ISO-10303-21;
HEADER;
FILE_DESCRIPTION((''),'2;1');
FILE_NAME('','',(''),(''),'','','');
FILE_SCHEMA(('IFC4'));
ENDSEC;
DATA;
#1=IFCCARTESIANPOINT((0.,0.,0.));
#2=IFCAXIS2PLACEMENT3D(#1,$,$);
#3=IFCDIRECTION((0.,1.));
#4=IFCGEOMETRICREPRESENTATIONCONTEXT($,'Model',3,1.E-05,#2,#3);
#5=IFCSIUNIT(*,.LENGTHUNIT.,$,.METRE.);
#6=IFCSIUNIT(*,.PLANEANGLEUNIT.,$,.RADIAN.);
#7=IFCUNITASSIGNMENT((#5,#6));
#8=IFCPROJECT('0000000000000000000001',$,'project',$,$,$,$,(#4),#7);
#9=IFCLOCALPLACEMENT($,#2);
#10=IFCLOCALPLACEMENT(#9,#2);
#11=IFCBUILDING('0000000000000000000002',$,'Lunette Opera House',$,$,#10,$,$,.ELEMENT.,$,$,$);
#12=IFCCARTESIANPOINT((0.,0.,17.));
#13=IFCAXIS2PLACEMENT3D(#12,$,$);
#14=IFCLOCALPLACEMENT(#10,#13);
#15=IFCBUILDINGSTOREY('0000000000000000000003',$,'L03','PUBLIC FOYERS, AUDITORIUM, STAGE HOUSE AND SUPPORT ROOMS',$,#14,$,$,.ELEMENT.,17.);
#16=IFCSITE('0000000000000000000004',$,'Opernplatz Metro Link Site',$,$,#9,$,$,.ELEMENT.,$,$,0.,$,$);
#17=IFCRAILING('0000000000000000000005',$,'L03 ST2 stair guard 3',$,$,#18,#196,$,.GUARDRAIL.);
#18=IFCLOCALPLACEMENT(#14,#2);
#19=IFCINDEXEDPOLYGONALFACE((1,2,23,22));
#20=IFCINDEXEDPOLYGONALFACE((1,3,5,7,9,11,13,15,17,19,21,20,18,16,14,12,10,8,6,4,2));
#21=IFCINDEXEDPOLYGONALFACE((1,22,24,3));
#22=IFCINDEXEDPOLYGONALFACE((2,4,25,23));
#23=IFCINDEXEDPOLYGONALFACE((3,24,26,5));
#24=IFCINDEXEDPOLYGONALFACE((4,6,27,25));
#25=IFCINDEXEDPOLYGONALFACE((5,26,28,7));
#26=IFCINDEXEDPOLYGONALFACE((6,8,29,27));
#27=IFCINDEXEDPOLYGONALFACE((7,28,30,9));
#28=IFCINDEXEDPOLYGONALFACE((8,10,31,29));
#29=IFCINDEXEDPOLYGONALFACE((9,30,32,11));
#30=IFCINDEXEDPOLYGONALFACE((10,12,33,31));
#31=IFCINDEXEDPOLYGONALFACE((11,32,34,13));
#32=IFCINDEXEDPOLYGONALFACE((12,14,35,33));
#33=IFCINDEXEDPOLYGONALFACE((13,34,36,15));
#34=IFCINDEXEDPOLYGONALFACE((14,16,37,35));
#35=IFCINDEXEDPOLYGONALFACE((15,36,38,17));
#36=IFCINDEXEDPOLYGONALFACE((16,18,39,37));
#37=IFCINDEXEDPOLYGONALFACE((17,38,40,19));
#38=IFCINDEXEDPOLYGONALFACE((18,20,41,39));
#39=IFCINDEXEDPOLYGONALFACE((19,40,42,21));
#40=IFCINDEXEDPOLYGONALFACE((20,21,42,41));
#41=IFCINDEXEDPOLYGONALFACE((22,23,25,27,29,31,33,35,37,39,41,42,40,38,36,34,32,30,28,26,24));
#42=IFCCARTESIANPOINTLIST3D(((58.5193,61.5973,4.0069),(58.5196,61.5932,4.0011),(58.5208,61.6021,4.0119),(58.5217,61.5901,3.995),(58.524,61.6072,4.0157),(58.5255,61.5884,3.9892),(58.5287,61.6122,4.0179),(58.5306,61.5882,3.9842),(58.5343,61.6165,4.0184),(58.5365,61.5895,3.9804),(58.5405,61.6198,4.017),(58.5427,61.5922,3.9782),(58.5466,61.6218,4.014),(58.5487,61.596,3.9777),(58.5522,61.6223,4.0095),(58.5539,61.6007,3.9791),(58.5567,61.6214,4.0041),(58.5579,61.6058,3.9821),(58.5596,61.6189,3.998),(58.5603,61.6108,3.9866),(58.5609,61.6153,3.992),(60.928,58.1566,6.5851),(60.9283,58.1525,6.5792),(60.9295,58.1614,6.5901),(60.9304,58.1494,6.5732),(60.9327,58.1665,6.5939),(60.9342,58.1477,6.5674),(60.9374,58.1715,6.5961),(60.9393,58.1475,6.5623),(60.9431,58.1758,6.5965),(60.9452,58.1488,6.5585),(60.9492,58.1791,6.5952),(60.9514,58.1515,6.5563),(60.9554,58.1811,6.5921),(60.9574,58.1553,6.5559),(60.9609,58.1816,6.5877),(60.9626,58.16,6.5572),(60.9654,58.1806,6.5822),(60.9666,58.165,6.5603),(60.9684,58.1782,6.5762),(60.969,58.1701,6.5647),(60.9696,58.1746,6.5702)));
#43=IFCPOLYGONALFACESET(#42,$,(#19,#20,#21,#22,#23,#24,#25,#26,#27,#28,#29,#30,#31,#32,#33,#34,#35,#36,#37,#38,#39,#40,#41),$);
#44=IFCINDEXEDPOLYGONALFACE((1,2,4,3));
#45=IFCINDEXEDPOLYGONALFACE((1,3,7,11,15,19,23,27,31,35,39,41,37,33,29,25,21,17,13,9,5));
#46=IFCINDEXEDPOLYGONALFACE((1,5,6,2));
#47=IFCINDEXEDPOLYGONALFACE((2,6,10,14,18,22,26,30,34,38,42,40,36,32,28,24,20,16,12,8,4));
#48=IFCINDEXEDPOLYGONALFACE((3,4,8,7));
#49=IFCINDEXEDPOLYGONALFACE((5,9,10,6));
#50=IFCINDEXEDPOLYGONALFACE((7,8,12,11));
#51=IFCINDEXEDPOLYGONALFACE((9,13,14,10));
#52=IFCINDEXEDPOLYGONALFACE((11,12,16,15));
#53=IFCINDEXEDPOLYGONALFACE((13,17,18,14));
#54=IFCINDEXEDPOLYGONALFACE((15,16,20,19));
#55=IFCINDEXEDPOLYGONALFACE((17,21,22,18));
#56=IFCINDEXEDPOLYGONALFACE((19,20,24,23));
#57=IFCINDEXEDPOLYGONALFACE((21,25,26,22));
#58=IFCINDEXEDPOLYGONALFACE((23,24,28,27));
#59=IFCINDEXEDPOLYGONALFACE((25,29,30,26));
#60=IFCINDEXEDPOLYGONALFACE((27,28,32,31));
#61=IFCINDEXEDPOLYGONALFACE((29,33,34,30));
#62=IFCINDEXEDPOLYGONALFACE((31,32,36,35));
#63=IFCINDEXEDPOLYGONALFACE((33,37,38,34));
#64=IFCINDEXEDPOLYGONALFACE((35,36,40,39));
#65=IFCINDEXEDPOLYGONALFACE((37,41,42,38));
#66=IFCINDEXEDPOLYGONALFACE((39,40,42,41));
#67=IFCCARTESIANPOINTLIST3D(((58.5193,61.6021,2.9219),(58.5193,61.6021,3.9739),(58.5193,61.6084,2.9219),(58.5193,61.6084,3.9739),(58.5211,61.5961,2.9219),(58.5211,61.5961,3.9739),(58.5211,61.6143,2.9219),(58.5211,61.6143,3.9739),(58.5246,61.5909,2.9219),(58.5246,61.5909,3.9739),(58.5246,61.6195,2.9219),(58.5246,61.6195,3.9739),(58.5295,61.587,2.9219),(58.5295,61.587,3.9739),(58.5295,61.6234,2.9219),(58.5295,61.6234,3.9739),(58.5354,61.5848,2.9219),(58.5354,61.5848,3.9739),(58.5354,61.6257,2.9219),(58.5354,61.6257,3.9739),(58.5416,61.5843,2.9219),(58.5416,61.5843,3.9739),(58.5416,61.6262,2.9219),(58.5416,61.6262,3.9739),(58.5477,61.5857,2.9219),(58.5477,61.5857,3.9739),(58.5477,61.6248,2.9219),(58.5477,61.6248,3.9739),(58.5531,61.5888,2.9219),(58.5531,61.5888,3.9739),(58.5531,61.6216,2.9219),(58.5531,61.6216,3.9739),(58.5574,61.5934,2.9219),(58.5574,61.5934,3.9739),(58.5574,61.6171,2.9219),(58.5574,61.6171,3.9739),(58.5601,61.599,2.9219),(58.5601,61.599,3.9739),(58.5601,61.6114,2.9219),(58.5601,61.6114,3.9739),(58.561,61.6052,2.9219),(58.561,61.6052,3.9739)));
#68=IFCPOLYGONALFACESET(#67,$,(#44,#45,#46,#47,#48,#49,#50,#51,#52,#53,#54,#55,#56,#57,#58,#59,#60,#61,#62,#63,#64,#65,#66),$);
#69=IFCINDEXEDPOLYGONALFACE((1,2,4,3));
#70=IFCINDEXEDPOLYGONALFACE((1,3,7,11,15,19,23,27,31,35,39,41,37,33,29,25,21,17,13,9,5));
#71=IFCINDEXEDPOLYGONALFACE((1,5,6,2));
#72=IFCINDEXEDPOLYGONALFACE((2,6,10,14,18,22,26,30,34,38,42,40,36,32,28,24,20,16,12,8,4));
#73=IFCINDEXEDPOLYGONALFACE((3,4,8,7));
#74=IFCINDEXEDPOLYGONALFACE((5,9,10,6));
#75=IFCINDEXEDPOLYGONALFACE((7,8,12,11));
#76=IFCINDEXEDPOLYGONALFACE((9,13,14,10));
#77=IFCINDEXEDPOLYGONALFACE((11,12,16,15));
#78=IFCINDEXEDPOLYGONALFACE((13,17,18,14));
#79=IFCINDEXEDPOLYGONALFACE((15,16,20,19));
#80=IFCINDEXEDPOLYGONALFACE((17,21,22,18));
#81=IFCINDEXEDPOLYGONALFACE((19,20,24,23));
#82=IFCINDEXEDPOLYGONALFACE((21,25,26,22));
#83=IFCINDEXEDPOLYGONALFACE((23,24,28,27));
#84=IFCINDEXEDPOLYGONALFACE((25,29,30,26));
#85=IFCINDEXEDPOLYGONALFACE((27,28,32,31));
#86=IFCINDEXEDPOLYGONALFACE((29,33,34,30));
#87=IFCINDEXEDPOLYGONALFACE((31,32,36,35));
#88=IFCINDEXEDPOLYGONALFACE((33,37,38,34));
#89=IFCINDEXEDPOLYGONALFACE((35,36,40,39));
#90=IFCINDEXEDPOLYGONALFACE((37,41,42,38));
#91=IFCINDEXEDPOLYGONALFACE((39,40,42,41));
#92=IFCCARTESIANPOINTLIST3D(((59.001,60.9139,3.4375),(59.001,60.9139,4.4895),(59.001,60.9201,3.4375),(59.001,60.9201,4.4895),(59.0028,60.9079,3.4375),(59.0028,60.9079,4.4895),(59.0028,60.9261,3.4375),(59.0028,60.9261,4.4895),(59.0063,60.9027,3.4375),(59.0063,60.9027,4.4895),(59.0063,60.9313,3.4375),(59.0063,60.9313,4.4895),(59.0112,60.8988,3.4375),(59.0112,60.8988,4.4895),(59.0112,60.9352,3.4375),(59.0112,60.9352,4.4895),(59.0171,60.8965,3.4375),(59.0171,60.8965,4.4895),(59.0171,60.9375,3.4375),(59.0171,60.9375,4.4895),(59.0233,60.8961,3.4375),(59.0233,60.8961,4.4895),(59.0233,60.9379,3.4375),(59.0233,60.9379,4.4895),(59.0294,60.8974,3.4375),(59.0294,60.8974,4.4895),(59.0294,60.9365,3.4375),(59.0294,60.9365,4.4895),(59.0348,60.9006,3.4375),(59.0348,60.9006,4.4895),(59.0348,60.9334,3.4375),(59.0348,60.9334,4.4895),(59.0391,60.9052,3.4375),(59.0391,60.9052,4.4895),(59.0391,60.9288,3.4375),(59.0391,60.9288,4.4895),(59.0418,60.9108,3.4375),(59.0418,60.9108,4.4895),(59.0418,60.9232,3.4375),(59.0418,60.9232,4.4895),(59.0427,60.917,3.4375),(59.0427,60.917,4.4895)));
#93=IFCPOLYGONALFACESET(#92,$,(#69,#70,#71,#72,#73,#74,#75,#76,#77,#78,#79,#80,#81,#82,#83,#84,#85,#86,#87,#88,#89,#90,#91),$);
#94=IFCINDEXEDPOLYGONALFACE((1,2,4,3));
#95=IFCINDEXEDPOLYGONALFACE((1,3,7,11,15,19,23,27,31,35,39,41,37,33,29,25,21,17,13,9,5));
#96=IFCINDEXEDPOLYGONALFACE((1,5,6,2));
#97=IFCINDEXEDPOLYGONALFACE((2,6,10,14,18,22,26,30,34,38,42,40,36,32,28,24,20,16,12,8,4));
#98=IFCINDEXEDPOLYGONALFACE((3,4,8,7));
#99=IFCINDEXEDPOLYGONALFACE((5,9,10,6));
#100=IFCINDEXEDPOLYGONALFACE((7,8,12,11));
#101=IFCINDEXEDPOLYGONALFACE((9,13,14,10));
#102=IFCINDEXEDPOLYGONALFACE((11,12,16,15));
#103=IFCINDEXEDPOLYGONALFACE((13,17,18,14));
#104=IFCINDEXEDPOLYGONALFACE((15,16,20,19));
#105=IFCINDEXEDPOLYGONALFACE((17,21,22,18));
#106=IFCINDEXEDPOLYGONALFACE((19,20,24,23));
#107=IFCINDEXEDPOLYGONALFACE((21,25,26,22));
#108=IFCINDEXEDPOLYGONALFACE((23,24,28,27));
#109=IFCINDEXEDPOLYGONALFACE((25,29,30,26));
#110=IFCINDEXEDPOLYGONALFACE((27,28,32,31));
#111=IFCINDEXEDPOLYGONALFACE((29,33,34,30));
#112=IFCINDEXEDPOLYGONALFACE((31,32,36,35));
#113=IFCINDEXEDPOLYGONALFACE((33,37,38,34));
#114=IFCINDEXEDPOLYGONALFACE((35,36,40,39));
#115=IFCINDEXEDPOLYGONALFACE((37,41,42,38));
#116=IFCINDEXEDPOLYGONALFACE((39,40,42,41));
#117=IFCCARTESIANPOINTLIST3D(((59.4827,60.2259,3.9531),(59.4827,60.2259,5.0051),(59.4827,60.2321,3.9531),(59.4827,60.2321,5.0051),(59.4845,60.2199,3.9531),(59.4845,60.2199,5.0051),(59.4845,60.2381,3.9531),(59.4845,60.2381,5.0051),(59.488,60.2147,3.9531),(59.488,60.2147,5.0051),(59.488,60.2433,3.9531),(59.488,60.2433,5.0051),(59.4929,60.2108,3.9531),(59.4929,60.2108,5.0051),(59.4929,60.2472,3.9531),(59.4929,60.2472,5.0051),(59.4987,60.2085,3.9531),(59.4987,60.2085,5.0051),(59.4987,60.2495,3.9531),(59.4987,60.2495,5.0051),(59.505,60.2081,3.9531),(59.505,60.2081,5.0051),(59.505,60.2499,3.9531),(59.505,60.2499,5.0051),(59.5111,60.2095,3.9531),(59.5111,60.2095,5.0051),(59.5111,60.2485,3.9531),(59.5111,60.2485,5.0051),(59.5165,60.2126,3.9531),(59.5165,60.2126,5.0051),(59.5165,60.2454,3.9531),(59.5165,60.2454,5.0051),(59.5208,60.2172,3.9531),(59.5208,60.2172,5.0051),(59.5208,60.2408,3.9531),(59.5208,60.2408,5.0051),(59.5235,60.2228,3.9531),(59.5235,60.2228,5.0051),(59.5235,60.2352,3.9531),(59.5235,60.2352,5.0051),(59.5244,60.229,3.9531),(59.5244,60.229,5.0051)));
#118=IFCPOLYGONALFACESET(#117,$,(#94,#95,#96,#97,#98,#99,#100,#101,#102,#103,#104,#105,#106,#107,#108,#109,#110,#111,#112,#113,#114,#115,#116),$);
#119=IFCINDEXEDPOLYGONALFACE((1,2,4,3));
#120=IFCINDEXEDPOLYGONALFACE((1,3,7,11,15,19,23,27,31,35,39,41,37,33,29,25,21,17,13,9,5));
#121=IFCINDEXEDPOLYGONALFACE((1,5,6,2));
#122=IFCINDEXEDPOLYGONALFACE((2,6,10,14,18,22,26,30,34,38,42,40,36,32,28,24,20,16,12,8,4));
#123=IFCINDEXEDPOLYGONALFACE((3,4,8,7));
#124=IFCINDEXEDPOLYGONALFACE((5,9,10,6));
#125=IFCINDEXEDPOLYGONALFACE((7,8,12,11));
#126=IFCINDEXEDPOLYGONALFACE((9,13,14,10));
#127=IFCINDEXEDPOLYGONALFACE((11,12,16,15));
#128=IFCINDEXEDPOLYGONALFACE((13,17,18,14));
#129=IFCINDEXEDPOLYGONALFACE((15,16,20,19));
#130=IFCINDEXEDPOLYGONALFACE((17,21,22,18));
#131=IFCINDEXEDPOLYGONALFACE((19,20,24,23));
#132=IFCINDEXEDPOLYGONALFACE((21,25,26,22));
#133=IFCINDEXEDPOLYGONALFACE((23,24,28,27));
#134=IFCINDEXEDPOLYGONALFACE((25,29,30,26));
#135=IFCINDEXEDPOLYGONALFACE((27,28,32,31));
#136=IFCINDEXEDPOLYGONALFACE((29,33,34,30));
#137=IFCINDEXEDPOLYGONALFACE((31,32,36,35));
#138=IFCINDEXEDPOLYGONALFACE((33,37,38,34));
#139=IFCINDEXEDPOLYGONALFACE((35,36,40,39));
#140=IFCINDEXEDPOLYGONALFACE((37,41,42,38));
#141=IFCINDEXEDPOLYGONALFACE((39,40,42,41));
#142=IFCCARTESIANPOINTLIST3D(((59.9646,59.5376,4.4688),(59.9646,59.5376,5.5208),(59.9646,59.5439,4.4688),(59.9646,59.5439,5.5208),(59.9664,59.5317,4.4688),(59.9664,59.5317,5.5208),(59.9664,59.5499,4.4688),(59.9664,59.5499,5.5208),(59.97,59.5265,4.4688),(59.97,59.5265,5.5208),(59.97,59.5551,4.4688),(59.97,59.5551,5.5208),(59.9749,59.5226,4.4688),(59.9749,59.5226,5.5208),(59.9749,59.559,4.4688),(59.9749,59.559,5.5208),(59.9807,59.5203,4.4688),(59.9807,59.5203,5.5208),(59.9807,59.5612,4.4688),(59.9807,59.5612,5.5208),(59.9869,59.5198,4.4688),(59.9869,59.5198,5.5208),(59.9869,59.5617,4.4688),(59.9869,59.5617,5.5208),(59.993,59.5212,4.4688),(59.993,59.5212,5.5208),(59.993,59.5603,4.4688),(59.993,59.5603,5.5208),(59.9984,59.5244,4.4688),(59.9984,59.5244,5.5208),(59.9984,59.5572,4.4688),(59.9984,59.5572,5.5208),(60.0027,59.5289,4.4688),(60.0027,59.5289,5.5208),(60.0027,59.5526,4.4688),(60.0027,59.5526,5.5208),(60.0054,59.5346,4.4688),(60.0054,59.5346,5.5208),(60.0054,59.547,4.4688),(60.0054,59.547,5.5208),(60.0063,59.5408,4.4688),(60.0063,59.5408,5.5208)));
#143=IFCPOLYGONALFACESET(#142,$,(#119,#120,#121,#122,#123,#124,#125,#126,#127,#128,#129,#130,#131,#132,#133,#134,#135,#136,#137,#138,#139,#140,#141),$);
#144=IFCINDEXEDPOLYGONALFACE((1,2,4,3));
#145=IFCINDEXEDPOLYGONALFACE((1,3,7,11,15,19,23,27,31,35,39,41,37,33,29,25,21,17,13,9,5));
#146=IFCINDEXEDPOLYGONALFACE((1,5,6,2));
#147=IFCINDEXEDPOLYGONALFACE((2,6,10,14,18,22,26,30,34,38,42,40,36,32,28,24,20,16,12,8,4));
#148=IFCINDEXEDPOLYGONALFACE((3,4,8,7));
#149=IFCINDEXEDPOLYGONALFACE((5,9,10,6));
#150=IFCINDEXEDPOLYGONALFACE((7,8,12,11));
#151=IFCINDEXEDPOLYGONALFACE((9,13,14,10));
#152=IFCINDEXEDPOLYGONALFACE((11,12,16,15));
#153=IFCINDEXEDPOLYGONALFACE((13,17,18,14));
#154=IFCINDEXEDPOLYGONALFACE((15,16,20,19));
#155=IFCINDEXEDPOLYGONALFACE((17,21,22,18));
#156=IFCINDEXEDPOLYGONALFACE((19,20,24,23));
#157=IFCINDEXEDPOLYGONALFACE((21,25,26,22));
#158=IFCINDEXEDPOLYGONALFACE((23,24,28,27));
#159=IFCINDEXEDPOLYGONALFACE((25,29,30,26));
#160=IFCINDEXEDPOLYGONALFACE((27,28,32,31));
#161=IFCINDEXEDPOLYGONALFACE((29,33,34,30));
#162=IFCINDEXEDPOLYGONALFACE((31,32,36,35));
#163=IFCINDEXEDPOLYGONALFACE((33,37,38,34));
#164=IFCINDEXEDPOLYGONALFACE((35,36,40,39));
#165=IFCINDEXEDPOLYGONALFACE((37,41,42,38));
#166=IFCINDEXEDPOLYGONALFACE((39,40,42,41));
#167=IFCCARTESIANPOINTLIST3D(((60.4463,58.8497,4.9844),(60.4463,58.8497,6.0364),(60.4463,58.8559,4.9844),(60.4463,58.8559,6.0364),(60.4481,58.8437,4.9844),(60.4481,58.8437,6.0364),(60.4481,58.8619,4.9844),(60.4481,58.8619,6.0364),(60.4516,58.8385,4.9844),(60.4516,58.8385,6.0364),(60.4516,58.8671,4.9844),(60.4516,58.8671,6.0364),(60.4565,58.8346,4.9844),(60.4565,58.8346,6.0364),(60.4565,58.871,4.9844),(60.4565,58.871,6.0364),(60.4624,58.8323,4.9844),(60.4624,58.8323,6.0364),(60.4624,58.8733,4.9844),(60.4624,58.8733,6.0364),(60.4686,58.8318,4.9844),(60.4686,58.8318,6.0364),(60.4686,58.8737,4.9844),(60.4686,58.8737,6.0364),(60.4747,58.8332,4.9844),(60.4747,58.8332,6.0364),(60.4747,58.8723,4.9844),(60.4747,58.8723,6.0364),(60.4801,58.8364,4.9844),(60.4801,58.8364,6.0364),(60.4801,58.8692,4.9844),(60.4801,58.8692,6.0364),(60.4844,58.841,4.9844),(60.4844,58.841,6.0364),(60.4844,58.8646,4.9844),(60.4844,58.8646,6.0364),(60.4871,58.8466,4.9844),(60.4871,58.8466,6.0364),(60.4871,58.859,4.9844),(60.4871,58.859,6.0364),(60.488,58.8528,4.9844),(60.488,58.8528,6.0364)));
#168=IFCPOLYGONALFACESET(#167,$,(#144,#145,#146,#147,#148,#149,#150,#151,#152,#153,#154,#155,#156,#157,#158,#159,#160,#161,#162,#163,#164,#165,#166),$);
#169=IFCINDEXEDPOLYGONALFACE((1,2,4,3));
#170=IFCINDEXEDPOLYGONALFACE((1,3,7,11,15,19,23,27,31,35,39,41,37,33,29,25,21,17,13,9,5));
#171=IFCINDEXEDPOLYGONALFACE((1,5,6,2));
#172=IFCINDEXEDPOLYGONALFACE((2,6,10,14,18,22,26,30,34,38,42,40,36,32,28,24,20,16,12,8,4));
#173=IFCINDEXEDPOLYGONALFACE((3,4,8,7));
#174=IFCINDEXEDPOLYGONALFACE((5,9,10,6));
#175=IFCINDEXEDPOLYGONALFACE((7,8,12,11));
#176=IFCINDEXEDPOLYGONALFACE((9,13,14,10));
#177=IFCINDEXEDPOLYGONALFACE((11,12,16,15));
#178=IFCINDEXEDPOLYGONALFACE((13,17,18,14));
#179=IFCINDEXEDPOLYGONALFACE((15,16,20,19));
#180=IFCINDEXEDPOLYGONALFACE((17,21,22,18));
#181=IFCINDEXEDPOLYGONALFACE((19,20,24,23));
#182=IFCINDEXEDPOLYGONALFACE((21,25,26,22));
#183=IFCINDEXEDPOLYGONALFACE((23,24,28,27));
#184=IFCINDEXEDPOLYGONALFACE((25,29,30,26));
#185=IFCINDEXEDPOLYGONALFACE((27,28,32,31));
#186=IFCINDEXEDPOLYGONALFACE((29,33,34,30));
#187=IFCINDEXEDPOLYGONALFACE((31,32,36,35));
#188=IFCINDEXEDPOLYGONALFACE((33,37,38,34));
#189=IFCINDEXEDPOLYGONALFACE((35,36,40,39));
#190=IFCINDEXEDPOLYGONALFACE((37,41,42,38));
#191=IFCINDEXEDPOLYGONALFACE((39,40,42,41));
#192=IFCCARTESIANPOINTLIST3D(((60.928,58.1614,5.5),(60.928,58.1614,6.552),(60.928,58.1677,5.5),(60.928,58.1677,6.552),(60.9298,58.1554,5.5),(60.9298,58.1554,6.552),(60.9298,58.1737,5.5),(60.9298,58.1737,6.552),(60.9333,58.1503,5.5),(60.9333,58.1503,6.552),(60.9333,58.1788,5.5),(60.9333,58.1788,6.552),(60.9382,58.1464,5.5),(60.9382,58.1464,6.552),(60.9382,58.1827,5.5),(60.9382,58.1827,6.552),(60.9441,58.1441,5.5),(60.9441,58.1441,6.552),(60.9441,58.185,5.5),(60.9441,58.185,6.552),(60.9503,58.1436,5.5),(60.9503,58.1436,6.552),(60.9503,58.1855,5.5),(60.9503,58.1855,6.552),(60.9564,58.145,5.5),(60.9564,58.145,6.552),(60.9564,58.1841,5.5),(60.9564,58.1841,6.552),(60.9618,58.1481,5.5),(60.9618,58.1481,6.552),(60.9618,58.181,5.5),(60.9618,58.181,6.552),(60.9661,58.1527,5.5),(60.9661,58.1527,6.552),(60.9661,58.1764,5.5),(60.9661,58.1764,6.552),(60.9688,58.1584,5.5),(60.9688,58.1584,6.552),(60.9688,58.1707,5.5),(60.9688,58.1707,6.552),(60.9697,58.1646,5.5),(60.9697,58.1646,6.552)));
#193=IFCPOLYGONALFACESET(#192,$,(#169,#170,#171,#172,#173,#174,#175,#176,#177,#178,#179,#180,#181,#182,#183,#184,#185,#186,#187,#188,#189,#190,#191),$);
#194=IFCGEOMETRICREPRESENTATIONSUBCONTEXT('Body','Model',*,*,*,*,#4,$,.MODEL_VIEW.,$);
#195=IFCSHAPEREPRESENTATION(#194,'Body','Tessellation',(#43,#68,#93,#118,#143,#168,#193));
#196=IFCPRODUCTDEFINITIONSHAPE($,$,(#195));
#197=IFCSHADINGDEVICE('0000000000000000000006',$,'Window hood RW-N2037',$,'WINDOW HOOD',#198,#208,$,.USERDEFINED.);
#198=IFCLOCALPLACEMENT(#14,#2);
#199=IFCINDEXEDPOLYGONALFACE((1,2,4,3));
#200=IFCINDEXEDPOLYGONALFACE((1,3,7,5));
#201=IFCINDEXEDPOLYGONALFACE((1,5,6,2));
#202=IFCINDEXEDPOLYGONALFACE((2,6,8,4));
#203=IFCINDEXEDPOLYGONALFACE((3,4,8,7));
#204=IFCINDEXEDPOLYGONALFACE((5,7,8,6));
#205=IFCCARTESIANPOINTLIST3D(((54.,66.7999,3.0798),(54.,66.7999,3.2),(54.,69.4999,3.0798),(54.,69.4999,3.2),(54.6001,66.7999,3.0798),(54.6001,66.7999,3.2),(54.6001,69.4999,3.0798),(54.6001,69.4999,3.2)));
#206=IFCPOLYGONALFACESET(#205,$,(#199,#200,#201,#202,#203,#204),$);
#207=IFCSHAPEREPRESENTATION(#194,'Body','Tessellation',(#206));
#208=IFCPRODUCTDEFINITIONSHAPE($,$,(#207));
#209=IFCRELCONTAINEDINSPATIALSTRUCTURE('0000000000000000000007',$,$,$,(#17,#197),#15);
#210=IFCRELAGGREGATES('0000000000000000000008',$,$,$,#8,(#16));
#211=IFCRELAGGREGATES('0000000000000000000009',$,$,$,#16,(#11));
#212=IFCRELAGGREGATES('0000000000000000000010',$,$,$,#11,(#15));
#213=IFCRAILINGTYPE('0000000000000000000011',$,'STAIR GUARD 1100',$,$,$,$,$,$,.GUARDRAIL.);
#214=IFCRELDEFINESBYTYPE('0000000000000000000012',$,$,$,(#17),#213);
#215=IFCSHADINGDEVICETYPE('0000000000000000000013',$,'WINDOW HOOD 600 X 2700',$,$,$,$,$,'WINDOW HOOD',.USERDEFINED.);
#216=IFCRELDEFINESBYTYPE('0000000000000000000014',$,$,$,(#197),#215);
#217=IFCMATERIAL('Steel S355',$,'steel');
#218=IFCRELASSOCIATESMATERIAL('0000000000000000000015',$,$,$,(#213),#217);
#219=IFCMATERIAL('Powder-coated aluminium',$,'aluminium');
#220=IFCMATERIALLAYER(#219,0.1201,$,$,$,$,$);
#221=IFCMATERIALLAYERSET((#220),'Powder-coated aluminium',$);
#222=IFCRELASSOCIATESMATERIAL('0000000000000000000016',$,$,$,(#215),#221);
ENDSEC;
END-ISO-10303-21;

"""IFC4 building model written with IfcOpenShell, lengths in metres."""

from ifc_helpers import new_model, si_unit, direction, frame, origin, origin_2d, place, context, subcontext, project, spatial, rectangle, circle, extrude, material, layer, layer_set, type_object, element, save


model = new_model("IFC4")

# Units and contexts
model_context = context("Model", 3, precision=1e-05, world=origin(), true_north=direction((0.0, 1.0)))
body_context = subcontext(model_context, "Body", "Model", "MODEL_VIEW")
ifc_project = project(units=[si_unit("LENGTHUNIT", "METRE"), si_unit("PLANEANGLEUNIT", "RADIAN")], contexts=[model_context])

# Site, building, storey
site_placement = place(None, origin())
site = spatial("IfcSite", under=ifc_project, at=site_placement, Name="Opernplatz Metro Link Site", CompositionType="ELEMENT", RefElevation=0.0)
building_placement = place(site_placement, origin())
building = spatial("IfcBuilding", under=site, at=building_placement, Name="Lunette Opera House", CompositionType="ELEMENT")
storey_placement = place(building_placement, frame((0.0, 0.0, 17.0)))
storey = spatial("IfcBuildingStorey", under=building, at=storey_placement, Name="L03", Description="PUBLIC FOYERS, AUDITORIUM, STAGE HOUSE AND SUPPORT ROOMS", CompositionType="ELEMENT", Elevation=17.0)

# Railing
ifc_material_1 = material(Name="Steel S355", Category="steel")
railing_type_1 = type_object("IfcRailingType", Name="STAIR GUARD 1100", PredefinedType="GUARDRAIL", material=ifc_material_1)
railing_1_placement = place(storey_placement, frame((58.54, 61.6052, 2.9219)))
element("IfcRailing", 1, at=railing_1_placement, inside=storey, type_object=railing_type_1, Name="L03 ST2 stair guard 3", PredefinedType="GUARDRAIL", context=body_context, shape_type="SweptSolid", body=[
    extrude(circle(Radius=0.0239, at=origin_2d()), frame((0.0, 0.0, 1.0762), z_axis=(0.488761, -0.698166, 0.523142), x_axis=(0.819207, 0.573497, 0.0)), (0.0, 0.0, 1.0), 4.9282),
    extrude(circle(Radius=0.021, at=origin_2d()), origin(), (0.0, 0.0, 1.0), 1.052),
    extrude(circle(Radius=0.021, at=origin_2d()), frame((0.4817, -0.6882, 0.5156)), (0.0, 0.0, 1.0), 1.052),
    extrude(circle(Radius=0.021, at=origin_2d()), frame((0.9634, -1.3762, 1.0312)), (0.0, 0.0, 1.0), 1.052),
    extrude(circle(Radius=0.021, at=origin_2d()), frame((1.4453, -2.0645, 1.5469)), (0.0, 0.0, 1.0), 1.052),
    extrude(circle(Radius=0.021, at=origin_2d()), frame((1.927, -2.7524, 2.0625)), (0.0, 0.0, 1.0), 1.052),
    extrude(circle(Radius=0.021, at=origin_2d()), frame((2.4087, -3.4407, 2.5781)), (0.0, 0.0, 1.0), 1.052),
])

# Shading device
ifc_material_2 = material(Name="Powder-coated aluminium", Category="aluminium")
ifc_layer_1 = layer(ifc_material_2, 0.1201)
ifc_layer_set_1 = layer_set([ifc_layer_1], Name="Powder-coated aluminium")
shading_device_type = type_object("IfcShadingDeviceType", Name="WINDOW HOOD 600 X 2700", ElementType="WINDOW HOOD", PredefinedType="USERDEFINED", material=ifc_layer_set_1)
for number, where, z_axis, x_axis, name in (
    (2, (54.3, 68.1499, 3.0798), (0.0, 0.0, 1.0), (1.0, 0.0, 0.0), "Window hood RW-N2037"),
):
    element("IfcShadingDevice", number, at=place(storey_placement, frame(where, z_axis=z_axis, x_axis=x_axis)), inside=storey, type_object=shading_device_type, Name=name, ObjectType="WINDOW HOOD", PredefinedType="USERDEFINED", context=body_context, shape_type="SweptSolid", body=[
        extrude(rectangle(XDim=0.6001, YDim=2.7, at=origin_2d()), origin(), (0.0, 0.0, 1.0), 0.1201),
    ])

save(model, "model.ifc")
